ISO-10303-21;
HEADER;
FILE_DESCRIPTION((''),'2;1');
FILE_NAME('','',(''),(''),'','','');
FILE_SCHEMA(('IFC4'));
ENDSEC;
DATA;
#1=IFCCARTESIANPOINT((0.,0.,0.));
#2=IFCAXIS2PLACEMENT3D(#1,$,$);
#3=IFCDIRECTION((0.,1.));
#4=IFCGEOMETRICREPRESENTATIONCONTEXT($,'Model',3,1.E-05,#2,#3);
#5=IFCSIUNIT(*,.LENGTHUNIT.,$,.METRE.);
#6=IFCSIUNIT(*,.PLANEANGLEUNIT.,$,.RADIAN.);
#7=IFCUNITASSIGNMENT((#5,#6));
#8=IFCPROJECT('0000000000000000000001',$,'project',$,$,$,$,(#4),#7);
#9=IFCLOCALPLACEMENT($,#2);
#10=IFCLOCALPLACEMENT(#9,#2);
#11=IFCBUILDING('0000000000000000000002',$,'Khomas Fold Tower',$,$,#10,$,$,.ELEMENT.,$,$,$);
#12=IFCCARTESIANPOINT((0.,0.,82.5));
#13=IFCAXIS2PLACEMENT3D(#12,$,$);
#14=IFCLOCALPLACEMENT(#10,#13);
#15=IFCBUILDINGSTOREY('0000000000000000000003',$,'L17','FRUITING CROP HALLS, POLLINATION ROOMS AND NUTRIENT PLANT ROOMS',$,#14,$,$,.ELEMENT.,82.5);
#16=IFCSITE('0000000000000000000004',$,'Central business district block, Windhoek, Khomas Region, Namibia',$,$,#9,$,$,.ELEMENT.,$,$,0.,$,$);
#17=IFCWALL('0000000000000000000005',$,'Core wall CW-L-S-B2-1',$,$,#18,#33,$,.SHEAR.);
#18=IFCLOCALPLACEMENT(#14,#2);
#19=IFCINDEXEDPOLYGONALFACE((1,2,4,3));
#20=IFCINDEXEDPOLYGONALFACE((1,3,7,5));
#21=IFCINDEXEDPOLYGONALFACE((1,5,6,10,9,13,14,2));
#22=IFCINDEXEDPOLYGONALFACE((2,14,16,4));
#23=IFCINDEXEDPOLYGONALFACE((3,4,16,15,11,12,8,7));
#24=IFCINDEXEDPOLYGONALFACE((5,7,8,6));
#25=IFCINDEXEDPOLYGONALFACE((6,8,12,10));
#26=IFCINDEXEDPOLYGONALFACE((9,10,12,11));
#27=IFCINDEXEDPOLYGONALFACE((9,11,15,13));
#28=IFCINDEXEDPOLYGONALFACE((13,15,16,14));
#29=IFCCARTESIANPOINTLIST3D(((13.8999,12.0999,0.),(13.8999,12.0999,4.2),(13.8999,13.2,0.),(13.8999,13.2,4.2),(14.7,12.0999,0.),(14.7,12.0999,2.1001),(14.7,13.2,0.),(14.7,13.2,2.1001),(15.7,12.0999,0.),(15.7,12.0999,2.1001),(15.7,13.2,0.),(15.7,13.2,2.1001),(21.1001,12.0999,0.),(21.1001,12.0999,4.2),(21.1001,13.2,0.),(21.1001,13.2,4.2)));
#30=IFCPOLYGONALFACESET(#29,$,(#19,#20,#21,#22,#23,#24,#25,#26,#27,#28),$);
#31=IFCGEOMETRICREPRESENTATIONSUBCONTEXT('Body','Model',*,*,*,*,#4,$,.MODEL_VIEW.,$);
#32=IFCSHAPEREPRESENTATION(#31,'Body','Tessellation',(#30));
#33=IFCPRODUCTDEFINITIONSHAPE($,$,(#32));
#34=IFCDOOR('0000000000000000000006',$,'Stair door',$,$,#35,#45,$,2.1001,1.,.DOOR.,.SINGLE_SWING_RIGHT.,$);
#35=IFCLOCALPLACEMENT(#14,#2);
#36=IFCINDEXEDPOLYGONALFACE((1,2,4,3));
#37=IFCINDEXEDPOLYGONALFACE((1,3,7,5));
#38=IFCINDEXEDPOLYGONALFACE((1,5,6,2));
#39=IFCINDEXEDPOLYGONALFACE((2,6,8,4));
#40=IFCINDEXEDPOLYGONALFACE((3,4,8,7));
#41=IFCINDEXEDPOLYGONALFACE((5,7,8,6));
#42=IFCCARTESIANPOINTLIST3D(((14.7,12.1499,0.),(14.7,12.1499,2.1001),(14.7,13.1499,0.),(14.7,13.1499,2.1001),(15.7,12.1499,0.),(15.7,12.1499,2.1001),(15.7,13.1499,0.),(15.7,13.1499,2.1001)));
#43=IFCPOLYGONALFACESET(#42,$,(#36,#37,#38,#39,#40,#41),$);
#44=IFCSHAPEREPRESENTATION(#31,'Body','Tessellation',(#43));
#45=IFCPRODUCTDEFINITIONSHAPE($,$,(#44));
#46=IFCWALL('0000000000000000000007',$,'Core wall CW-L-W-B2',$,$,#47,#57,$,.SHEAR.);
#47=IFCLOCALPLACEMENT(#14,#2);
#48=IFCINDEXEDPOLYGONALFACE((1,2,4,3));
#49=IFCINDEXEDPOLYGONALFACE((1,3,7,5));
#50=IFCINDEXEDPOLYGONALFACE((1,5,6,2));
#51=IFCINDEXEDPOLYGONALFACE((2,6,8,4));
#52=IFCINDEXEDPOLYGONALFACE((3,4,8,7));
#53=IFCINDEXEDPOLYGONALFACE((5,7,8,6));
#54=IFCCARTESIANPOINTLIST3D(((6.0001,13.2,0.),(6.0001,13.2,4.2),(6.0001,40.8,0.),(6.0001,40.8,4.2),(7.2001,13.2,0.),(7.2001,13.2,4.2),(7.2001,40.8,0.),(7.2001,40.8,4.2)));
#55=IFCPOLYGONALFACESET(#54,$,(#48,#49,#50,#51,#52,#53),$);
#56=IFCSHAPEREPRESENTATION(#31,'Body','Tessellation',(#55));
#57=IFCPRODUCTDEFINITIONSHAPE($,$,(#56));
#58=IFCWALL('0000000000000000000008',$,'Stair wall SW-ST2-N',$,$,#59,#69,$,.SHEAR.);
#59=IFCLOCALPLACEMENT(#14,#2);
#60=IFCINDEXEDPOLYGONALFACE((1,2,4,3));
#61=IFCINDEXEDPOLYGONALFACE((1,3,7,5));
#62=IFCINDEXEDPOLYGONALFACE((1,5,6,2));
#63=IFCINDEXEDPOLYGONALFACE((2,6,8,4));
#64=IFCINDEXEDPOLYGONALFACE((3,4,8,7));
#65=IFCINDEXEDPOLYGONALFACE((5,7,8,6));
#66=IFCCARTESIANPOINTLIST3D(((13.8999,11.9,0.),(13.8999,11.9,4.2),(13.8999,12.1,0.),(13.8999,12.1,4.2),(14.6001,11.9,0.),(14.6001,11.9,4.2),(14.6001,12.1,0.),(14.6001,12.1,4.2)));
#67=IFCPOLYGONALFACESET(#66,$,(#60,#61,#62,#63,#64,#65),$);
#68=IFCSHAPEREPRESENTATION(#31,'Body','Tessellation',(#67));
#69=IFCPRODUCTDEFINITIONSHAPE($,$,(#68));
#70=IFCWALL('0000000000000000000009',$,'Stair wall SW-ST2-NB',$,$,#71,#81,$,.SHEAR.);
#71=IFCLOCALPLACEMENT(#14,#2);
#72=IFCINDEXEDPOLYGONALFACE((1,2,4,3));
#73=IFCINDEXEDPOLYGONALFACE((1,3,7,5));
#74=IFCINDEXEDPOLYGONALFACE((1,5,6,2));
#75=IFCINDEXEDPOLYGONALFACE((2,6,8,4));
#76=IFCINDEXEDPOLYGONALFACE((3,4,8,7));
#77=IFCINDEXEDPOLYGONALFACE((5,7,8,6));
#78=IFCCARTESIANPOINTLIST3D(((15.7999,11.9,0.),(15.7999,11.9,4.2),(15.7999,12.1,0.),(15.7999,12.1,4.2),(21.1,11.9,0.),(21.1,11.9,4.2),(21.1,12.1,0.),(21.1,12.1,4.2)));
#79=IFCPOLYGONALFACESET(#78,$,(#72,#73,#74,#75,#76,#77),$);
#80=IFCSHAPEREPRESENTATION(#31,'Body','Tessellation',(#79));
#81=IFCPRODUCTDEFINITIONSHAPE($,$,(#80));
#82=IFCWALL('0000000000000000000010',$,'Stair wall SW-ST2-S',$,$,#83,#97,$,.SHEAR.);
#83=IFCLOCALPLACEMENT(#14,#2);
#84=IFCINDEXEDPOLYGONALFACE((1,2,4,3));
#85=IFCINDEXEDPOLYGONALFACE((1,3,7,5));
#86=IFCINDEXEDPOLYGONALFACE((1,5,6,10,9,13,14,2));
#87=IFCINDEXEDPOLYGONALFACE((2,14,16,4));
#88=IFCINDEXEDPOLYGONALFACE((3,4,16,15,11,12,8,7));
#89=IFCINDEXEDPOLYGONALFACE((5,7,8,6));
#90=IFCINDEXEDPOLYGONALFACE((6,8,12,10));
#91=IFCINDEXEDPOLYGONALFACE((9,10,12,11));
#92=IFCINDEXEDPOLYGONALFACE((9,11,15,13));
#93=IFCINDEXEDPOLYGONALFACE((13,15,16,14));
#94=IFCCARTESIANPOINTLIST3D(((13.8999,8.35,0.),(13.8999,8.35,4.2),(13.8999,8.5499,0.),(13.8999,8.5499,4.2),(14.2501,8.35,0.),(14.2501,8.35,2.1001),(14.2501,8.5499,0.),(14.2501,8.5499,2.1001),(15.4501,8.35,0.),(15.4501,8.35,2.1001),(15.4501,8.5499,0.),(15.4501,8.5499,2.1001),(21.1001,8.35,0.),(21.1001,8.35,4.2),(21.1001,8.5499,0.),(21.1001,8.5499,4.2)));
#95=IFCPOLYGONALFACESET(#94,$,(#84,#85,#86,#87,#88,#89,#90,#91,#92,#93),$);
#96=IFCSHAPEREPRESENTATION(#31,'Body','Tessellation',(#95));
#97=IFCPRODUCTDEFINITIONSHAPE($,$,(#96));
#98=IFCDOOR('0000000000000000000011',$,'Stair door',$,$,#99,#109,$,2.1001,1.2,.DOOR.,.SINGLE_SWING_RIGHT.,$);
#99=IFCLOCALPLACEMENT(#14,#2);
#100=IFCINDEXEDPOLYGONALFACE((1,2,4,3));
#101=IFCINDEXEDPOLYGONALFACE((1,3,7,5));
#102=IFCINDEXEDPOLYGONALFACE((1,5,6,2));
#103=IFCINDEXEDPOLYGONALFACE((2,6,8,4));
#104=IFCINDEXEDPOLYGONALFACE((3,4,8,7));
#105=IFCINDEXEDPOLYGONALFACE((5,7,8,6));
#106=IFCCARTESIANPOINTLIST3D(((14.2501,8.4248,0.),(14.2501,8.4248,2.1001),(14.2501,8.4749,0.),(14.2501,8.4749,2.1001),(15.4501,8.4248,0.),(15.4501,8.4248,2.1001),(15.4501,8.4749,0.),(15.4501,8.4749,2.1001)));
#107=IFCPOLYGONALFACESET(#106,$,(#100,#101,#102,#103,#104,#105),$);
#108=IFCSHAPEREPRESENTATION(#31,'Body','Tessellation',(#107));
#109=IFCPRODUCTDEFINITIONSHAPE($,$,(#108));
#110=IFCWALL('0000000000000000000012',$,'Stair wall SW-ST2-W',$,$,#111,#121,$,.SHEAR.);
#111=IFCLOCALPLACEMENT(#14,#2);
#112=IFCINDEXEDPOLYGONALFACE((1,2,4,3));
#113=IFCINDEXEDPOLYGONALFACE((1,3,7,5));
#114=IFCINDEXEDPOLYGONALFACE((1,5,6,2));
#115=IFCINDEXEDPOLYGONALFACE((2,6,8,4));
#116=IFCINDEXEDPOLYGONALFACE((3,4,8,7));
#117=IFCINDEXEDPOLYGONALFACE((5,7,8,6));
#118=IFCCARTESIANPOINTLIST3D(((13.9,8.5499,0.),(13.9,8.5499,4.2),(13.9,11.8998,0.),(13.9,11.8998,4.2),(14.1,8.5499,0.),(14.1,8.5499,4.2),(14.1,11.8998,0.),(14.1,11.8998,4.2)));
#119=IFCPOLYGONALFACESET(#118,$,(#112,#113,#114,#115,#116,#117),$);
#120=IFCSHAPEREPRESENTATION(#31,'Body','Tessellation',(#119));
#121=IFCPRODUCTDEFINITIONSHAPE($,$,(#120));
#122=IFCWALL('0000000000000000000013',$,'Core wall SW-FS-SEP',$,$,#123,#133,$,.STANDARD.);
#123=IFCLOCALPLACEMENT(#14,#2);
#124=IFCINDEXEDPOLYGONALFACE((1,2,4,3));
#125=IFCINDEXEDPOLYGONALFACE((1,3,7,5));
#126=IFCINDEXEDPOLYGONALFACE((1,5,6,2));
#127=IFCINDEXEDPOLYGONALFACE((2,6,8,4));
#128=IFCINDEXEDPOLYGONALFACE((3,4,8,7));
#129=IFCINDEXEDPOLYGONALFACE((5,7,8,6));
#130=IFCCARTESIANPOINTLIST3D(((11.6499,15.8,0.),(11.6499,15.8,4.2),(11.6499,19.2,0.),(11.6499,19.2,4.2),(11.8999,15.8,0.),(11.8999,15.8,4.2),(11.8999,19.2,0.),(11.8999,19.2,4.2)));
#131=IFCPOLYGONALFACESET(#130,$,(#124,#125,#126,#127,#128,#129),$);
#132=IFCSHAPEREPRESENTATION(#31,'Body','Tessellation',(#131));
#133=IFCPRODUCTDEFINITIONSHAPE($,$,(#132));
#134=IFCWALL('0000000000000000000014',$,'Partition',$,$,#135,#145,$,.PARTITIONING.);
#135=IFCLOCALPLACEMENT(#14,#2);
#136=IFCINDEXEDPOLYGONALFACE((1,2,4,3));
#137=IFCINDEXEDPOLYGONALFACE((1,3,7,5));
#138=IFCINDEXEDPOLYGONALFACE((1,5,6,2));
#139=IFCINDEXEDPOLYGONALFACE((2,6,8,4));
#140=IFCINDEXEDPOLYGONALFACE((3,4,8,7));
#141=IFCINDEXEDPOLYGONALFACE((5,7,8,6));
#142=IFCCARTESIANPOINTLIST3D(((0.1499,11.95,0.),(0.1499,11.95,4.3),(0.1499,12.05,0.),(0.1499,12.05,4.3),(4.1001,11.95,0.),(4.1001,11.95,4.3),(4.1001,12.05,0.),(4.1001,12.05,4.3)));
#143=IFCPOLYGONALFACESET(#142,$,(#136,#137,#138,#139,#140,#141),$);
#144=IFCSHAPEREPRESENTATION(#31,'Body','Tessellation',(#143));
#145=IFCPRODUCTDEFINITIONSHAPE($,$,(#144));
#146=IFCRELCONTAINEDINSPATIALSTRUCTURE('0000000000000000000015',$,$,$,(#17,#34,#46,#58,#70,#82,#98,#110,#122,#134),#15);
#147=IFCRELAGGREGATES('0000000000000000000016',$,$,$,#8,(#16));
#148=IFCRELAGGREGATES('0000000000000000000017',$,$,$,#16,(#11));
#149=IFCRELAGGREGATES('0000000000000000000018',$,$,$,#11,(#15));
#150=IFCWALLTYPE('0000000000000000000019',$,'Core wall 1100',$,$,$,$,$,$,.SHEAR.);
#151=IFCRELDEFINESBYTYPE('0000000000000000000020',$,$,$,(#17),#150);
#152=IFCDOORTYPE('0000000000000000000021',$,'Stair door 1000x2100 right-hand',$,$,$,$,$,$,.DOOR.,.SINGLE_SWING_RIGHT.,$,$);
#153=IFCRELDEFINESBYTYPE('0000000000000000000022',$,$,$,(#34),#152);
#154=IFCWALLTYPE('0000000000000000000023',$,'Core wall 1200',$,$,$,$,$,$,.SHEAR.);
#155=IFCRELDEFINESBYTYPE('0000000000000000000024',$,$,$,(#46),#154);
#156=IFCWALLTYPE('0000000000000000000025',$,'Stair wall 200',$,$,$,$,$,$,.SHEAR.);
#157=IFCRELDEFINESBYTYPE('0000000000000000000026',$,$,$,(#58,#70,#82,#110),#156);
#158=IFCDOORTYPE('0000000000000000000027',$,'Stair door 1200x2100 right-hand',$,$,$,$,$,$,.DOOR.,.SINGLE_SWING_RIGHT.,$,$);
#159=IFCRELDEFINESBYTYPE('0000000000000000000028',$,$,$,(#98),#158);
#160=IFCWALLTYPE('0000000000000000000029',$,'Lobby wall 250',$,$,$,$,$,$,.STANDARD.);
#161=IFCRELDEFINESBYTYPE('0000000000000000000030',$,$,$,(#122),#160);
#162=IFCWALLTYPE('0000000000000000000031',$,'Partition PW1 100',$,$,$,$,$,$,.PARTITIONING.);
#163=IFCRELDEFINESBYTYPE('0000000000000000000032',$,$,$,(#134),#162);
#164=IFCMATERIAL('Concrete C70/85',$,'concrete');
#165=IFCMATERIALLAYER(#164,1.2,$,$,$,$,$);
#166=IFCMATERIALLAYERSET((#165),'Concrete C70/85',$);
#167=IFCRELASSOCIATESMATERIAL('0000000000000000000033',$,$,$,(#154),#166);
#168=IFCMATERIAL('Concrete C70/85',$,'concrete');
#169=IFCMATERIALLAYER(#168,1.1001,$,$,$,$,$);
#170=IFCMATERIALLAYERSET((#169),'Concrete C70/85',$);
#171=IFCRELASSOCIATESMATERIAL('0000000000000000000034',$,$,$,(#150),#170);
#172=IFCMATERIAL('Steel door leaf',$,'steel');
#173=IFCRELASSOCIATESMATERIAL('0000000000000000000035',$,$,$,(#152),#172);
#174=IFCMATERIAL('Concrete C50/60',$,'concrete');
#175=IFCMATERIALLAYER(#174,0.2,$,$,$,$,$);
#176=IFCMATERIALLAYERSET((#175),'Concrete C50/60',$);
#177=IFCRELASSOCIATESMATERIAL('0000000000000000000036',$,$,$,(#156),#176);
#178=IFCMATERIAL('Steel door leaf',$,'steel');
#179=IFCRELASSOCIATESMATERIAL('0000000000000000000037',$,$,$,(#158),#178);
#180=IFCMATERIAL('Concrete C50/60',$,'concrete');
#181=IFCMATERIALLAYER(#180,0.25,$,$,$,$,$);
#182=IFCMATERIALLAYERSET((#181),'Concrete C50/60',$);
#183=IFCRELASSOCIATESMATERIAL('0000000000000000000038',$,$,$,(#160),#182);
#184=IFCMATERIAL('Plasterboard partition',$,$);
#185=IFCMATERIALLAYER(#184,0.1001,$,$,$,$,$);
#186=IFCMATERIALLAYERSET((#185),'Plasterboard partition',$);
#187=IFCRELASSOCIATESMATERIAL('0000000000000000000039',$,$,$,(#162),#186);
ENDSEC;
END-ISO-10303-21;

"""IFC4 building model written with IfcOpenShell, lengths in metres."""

from ifc_helpers import new_model, si_unit, direction, frame, frame_2d, origin, place, context, subcontext, project, spatial, rectangle, extrude, source, transform, mapped, material, layer, layer_set, type_object, element, fill, save


model = new_model("IFC4")

# Units and contexts
model_context = context("Model", 3, precision=1e-05, world=origin(), true_north=direction((0.0, 1.0)))
body_context = subcontext(model_context, "Body", "Model", "MODEL_VIEW")
ifc_project = project(units=[si_unit("LENGTHUNIT", "METRE"), si_unit("PLANEANGLEUNIT", "RADIAN")], contexts=[model_context])

# Site, building, storey
site_placement = place(None, origin())
site = spatial("IfcSite", under=ifc_project, at=site_placement, Name="Central business district block, Windhoek, Khomas Region, Namibia", CompositionType="ELEMENT", RefElevation=0.0)
building_placement = place(site_placement, origin())
building = spatial("IfcBuilding", under=site, at=building_placement, Name="Khomas Fold Tower", CompositionType="ELEMENT")
storey_placement = place(building_placement, frame((0.0, 0.0, 82.5)))
storey = spatial("IfcBuildingStorey", under=building, at=storey_placement, Name="L17", Description="FRUITING CROP HALLS, POLLINATION ROOMS AND NUTRIENT PLANT ROOMS", CompositionType="ELEMENT", Elevation=82.5)

# Shared definitions
ifc_material_1 = material(Name="Concrete C70/85", Category="concrete")
ifc_layer_1 = layer(ifc_material_1, 1.2)
ifc_layer_set_1 = layer_set([ifc_layer_1], Name="Concrete C70/85")
wall_type_1 = type_object("IfcWallType", Name="Core wall 1200", PredefinedType="SHEAR", material=ifc_layer_set_1)

# Wall, opening, door
ifc_material_2 = material(Name="Concrete C70/85", Category="concrete")
ifc_layer_2 = layer(ifc_material_2, 1.1001)
ifc_layer_set_2 = layer_set([ifc_layer_2], Name="Concrete C70/85")
wall_type_2 = type_object("IfcWallType", Name="Core wall 1100", PredefinedType="SHEAR", material=ifc_layer_set_2)
shared_shape_1 = source(origin(), body_context, "Body", "SweptSolid", [
    extrude(rectangle(XDim=7.2002, YDim=1.1001, at=frame_2d((3.6001, 0.0))), origin(), (0.0, 0.0, 1.0), 4.2),
])
wall_1_placement = place(storey_placement, frame((13.8999, 12.6499, 0.0), z_axis=(0.0, 0.0, 1.0), x_axis=(1.0, 0.0, 0.0)))
wall_1 = element("IfcWall", 1, at=wall_1_placement, inside=storey, type_object=wall_type_2, Name="Core wall CW-L-S-B2-1", PredefinedType="SHEAR", context=body_context, shape_type="MappedRepresentation", body=[
    mapped(shared_shape_1, transform((0.0, 0.0, 0.0))),
])
shared_shape_2 = source(origin(), body_context, "Body", "SweptSolid", [
    extrude(rectangle(XDim=1.0, YDim=2.1001, at=frame_2d((0.5, 1.05))), frame((0.0, 0.5601, 0.0), z_axis=(0.0, -1.0, 0.0), x_axis=(1.0, 0.0, 0.0)), (0.0, 0.0, 1.0), 1.1201),
])
opening_1_placement = place(wall_1_placement, frame((0.8, 0.0, 0.0)))
opening_1 = element("IfcOpeningElement", 2, at=opening_1_placement, cuts=wall_1, PredefinedType="OPENING", context=body_context, shape_type="MappedRepresentation", body=[
    mapped(shared_shape_2, transform((0.0, 0.0, 0.0))),
])
ifc_material_3 = material(Name="Steel door leaf", Category="steel")
door_type_1 = type_object("IfcDoorType", Name="Stair door 1000x2100 right-hand", OperationType="SINGLE_SWING_RIGHT", PredefinedType="DOOR", material=ifc_material_3)
shared_shape_3 = source(origin(), body_context, "Body", "SweptSolid", [
    extrude(rectangle(XDim=1.0, YDim=2.1001, at=frame_2d((0.5, 1.05))), frame((0.0, 0.5, 0.0), z_axis=(0.0, -1.0, 0.0), x_axis=(1.0, 0.0, 0.0)), (0.0, 0.0, 1.0), 1.0),
])
door_1_placement = place(opening_1_placement, origin())
door_1 = element("IfcDoor", 3, at=door_1_placement, inside=storey, type_object=door_type_1, Name="Stair door", OperationType="SINGLE_SWING_RIGHT", OverallHeight=2.1001, OverallWidth=1.0, PredefinedType="DOOR", context=body_context, shape_type="MappedRepresentation", body=[
    mapped(shared_shape_3, transform((0.0, 0.0, 0.0))),
])
fill(opening_1, door_1)

# Walls
shared_shape_4 = source(origin(), body_context, "Body", "SweptSolid", [
    extrude(rectangle(XDim=27.6001, YDim=1.2, at=frame_2d((13.8, 0.0))), origin(), (0.0, 0.0, 1.0), 4.2),
])
wall_2_placement = place(storey_placement, frame((6.6001, 13.2, 0.0), z_axis=(0.0, 0.0, 1.0), x_axis=(0.0, 1.0, 0.0)))
element("IfcWall", 4, at=wall_2_placement, inside=storey, type_object=wall_type_1, Name="Core wall CW-L-W-B2", PredefinedType="SHEAR", context=body_context, shape_type="MappedRepresentation", body=[
    mapped(shared_shape_4, transform((0.0, 0.0, 0.0))),
])
ifc_material_4 = material(Name="Concrete C50/60", Category="concrete")
ifc_layer_3 = layer(ifc_material_4, 0.2)
ifc_layer_set_3 = layer_set([ifc_layer_3], Name="Concrete C50/60")
wall_type_3 = type_object("IfcWallType", Name="Stair wall 200", PredefinedType="SHEAR", material=ifc_layer_set_3)
shared_shape_5 = source(origin(), body_context, "Body", "SweptSolid", [
    extrude(rectangle(XDim=0.7002, YDim=0.2, at=frame_2d((0.3501, 0.0))), origin(), (0.0, 0.0, 1.0), 4.2),
])
wall_3_placement = place(storey_placement, frame((13.8999, 12.0, 0.0), z_axis=(0.0, 0.0, 1.0), x_axis=(1.0, 0.0, 0.0)))
element("IfcWall", 5, at=wall_3_placement, inside=storey, type_object=wall_type_3, Name="Stair wall SW-ST2-N", PredefinedType="SHEAR", context=body_context, shape_type="MappedRepresentation", body=[
    mapped(shared_shape_5, transform((0.0, 0.0, 0.0))),
])
shared_shape_6 = source(origin(), body_context, "Body", "SweptSolid", [
    extrude(rectangle(XDim=5.3, YDim=0.2, at=frame_2d((2.6499, 0.0))), origin(), (0.0, 0.0, 1.0), 4.2),
])
wall_4_placement = place(storey_placement, frame((15.8, 12.0, 0.0), z_axis=(0.0, 0.0, 1.0), x_axis=(1.0, 0.0, 0.0)))
element("IfcWall", 6, at=wall_4_placement, inside=storey, type_object=wall_type_3, Name="Stair wall SW-ST2-NB", PredefinedType="SHEAR", context=body_context, shape_type="MappedRepresentation", body=[
    mapped(shared_shape_6, transform((0.0, 0.0, 0.0))),
])

# Wall, opening, door
shared_shape_7 = source(origin(), body_context, "Body", "SweptSolid", [
    extrude(rectangle(XDim=7.2002, YDim=0.2, at=frame_2d((3.6001, 0.0))), origin(), (0.0, 0.0, 1.0), 4.2),
])
wall_5_placement = place(storey_placement, frame((13.8999, 8.45, 0.0), z_axis=(0.0, 0.0, 1.0), x_axis=(1.0, 0.0, 0.0)))
wall_5 = element("IfcWall", 7, at=wall_5_placement, inside=storey, type_object=wall_type_3, Name="Stair wall SW-ST2-S", PredefinedType="SHEAR", context=body_context, shape_type="MappedRepresentation", body=[
    mapped(shared_shape_7, transform((0.0, 0.0, 0.0))),
])
shared_shape_8 = source(origin(), body_context, "Body", "SweptSolid", [
    extrude(rectangle(XDim=1.2, YDim=2.1001, at=frame_2d((0.6001, 1.05))), frame((0.0, 0.1099, 0.0), z_axis=(0.0, -1.0, 0.0), x_axis=(1.0, 0.0, 0.0)), (0.0, 0.0, 1.0), 0.22),
])
opening_2_placement = place(wall_5_placement, frame((0.3501, 0.0, 0.0)))
opening_2 = element("IfcOpeningElement", 8, at=opening_2_placement, cuts=wall_5, PredefinedType="OPENING", context=body_context, shape_type="MappedRepresentation", body=[
    mapped(shared_shape_8, transform((0.0, 0.0, 0.0))),
])
ifc_material_5 = material(Name="Steel door leaf", Category="steel")
door_type_2 = type_object("IfcDoorType", Name="Stair door 1200x2100 right-hand", OperationType="SINGLE_SWING_RIGHT", PredefinedType="DOOR", material=ifc_material_5)
shared_shape_9 = source(origin(), body_context, "Body", "SweptSolid", [
    extrude(rectangle(XDim=1.2, YDim=2.1001, at=frame_2d((0.6001, 1.05))), frame((0.0, 0.0249, 0.0), z_axis=(0.0, -1.0, 0.0), x_axis=(1.0, 0.0, 0.0)), (0.0, 0.0, 1.0), 0.05),
])
door_2_placement = place(opening_2_placement, origin())
door_2 = element("IfcDoor", 9, at=door_2_placement, inside=storey, type_object=door_type_2, Name="Stair door", OperationType="SINGLE_SWING_RIGHT", OverallHeight=2.1001, OverallWidth=1.2, PredefinedType="DOOR", context=body_context, shape_type="MappedRepresentation", body=[
    mapped(shared_shape_9, transform((0.0, 0.0, 0.0))),
])
fill(opening_2, door_2)

# Walls
shared_shape_10 = source(origin(), body_context, "Body", "SweptSolid", [
    extrude(rectangle(XDim=3.3499, YDim=0.2, at=frame_2d((1.6748, 0.0))), origin(), (0.0, 0.0, 1.0), 4.2),
])
wall_6_placement = place(storey_placement, frame((14.0, 8.55, 0.0), z_axis=(0.0, 0.0, 1.0), x_axis=(0.0, 1.0, 0.0)))
element("IfcWall", 10, at=wall_6_placement, inside=storey, type_object=wall_type_3, Name="Stair wall SW-ST2-W", PredefinedType="SHEAR", context=body_context, shape_type="MappedRepresentation", body=[
    mapped(shared_shape_10, transform((0.0, 0.0, 0.0))),
])
ifc_material_6 = material(Name="Concrete C50/60", Category="concrete")
ifc_layer_4 = layer(ifc_material_6, 0.25)
ifc_layer_set_4 = layer_set([ifc_layer_4], Name="Concrete C50/60")
wall_type_4 = type_object("IfcWallType", Name="Lobby wall 250", PredefinedType="STANDARD", material=ifc_layer_set_4)
shared_shape_11 = source(origin(), body_context, "Body", "SweptSolid", [
    extrude(rectangle(XDim=3.3999, YDim=0.25, at=frame_2d((1.7, 0.0))), origin(), (0.0, 0.0, 1.0), 4.2),
])
wall_7_placement = place(storey_placement, frame((11.7749, 15.8, 0.0), z_axis=(0.0, 0.0, 1.0), x_axis=(0.0, 1.0, 0.0)))
element("IfcWall", 11, at=wall_7_placement, inside=storey, type_object=wall_type_4, Name="Core wall SW-FS-SEP", PredefinedType="STANDARD", context=body_context, shape_type="MappedRepresentation", body=[
    mapped(shared_shape_11, transform((0.0, 0.0, 0.0))),
])
ifc_material_7 = material(Name="Plasterboard partition")
ifc_layer_5 = layer(ifc_material_7, 0.1001)
ifc_layer_set_5 = layer_set([ifc_layer_5], Name="Plasterboard partition")
wall_type_5 = type_object("IfcWallType", Name="Partition PW1 100", PredefinedType="PARTITIONING", material=ifc_layer_set_5)
shared_shape_12 = source(origin(), body_context, "Body", "SweptSolid", [
    extrude(rectangle(XDim=3.9502, YDim=0.1001, at=frame_2d((1.9751, 0.0))), origin(), (0.0, 0.0, 1.0), 4.3),
])
wall_8_placement = place(storey_placement, frame((0.1499, 12.0, 0.0), z_axis=(0.0, 0.0, 1.0), x_axis=(1.0, 0.0, 0.0)))
element("IfcWall", 12, at=wall_8_placement, inside=storey, type_object=wall_type_5, Name="Partition", PredefinedType="PARTITIONING", context=body_context, shape_type="MappedRepresentation", body=[
    mapped(shared_shape_12, transform((0.0, 0.0, 0.0))),
])

save(model, "model.ifc")
